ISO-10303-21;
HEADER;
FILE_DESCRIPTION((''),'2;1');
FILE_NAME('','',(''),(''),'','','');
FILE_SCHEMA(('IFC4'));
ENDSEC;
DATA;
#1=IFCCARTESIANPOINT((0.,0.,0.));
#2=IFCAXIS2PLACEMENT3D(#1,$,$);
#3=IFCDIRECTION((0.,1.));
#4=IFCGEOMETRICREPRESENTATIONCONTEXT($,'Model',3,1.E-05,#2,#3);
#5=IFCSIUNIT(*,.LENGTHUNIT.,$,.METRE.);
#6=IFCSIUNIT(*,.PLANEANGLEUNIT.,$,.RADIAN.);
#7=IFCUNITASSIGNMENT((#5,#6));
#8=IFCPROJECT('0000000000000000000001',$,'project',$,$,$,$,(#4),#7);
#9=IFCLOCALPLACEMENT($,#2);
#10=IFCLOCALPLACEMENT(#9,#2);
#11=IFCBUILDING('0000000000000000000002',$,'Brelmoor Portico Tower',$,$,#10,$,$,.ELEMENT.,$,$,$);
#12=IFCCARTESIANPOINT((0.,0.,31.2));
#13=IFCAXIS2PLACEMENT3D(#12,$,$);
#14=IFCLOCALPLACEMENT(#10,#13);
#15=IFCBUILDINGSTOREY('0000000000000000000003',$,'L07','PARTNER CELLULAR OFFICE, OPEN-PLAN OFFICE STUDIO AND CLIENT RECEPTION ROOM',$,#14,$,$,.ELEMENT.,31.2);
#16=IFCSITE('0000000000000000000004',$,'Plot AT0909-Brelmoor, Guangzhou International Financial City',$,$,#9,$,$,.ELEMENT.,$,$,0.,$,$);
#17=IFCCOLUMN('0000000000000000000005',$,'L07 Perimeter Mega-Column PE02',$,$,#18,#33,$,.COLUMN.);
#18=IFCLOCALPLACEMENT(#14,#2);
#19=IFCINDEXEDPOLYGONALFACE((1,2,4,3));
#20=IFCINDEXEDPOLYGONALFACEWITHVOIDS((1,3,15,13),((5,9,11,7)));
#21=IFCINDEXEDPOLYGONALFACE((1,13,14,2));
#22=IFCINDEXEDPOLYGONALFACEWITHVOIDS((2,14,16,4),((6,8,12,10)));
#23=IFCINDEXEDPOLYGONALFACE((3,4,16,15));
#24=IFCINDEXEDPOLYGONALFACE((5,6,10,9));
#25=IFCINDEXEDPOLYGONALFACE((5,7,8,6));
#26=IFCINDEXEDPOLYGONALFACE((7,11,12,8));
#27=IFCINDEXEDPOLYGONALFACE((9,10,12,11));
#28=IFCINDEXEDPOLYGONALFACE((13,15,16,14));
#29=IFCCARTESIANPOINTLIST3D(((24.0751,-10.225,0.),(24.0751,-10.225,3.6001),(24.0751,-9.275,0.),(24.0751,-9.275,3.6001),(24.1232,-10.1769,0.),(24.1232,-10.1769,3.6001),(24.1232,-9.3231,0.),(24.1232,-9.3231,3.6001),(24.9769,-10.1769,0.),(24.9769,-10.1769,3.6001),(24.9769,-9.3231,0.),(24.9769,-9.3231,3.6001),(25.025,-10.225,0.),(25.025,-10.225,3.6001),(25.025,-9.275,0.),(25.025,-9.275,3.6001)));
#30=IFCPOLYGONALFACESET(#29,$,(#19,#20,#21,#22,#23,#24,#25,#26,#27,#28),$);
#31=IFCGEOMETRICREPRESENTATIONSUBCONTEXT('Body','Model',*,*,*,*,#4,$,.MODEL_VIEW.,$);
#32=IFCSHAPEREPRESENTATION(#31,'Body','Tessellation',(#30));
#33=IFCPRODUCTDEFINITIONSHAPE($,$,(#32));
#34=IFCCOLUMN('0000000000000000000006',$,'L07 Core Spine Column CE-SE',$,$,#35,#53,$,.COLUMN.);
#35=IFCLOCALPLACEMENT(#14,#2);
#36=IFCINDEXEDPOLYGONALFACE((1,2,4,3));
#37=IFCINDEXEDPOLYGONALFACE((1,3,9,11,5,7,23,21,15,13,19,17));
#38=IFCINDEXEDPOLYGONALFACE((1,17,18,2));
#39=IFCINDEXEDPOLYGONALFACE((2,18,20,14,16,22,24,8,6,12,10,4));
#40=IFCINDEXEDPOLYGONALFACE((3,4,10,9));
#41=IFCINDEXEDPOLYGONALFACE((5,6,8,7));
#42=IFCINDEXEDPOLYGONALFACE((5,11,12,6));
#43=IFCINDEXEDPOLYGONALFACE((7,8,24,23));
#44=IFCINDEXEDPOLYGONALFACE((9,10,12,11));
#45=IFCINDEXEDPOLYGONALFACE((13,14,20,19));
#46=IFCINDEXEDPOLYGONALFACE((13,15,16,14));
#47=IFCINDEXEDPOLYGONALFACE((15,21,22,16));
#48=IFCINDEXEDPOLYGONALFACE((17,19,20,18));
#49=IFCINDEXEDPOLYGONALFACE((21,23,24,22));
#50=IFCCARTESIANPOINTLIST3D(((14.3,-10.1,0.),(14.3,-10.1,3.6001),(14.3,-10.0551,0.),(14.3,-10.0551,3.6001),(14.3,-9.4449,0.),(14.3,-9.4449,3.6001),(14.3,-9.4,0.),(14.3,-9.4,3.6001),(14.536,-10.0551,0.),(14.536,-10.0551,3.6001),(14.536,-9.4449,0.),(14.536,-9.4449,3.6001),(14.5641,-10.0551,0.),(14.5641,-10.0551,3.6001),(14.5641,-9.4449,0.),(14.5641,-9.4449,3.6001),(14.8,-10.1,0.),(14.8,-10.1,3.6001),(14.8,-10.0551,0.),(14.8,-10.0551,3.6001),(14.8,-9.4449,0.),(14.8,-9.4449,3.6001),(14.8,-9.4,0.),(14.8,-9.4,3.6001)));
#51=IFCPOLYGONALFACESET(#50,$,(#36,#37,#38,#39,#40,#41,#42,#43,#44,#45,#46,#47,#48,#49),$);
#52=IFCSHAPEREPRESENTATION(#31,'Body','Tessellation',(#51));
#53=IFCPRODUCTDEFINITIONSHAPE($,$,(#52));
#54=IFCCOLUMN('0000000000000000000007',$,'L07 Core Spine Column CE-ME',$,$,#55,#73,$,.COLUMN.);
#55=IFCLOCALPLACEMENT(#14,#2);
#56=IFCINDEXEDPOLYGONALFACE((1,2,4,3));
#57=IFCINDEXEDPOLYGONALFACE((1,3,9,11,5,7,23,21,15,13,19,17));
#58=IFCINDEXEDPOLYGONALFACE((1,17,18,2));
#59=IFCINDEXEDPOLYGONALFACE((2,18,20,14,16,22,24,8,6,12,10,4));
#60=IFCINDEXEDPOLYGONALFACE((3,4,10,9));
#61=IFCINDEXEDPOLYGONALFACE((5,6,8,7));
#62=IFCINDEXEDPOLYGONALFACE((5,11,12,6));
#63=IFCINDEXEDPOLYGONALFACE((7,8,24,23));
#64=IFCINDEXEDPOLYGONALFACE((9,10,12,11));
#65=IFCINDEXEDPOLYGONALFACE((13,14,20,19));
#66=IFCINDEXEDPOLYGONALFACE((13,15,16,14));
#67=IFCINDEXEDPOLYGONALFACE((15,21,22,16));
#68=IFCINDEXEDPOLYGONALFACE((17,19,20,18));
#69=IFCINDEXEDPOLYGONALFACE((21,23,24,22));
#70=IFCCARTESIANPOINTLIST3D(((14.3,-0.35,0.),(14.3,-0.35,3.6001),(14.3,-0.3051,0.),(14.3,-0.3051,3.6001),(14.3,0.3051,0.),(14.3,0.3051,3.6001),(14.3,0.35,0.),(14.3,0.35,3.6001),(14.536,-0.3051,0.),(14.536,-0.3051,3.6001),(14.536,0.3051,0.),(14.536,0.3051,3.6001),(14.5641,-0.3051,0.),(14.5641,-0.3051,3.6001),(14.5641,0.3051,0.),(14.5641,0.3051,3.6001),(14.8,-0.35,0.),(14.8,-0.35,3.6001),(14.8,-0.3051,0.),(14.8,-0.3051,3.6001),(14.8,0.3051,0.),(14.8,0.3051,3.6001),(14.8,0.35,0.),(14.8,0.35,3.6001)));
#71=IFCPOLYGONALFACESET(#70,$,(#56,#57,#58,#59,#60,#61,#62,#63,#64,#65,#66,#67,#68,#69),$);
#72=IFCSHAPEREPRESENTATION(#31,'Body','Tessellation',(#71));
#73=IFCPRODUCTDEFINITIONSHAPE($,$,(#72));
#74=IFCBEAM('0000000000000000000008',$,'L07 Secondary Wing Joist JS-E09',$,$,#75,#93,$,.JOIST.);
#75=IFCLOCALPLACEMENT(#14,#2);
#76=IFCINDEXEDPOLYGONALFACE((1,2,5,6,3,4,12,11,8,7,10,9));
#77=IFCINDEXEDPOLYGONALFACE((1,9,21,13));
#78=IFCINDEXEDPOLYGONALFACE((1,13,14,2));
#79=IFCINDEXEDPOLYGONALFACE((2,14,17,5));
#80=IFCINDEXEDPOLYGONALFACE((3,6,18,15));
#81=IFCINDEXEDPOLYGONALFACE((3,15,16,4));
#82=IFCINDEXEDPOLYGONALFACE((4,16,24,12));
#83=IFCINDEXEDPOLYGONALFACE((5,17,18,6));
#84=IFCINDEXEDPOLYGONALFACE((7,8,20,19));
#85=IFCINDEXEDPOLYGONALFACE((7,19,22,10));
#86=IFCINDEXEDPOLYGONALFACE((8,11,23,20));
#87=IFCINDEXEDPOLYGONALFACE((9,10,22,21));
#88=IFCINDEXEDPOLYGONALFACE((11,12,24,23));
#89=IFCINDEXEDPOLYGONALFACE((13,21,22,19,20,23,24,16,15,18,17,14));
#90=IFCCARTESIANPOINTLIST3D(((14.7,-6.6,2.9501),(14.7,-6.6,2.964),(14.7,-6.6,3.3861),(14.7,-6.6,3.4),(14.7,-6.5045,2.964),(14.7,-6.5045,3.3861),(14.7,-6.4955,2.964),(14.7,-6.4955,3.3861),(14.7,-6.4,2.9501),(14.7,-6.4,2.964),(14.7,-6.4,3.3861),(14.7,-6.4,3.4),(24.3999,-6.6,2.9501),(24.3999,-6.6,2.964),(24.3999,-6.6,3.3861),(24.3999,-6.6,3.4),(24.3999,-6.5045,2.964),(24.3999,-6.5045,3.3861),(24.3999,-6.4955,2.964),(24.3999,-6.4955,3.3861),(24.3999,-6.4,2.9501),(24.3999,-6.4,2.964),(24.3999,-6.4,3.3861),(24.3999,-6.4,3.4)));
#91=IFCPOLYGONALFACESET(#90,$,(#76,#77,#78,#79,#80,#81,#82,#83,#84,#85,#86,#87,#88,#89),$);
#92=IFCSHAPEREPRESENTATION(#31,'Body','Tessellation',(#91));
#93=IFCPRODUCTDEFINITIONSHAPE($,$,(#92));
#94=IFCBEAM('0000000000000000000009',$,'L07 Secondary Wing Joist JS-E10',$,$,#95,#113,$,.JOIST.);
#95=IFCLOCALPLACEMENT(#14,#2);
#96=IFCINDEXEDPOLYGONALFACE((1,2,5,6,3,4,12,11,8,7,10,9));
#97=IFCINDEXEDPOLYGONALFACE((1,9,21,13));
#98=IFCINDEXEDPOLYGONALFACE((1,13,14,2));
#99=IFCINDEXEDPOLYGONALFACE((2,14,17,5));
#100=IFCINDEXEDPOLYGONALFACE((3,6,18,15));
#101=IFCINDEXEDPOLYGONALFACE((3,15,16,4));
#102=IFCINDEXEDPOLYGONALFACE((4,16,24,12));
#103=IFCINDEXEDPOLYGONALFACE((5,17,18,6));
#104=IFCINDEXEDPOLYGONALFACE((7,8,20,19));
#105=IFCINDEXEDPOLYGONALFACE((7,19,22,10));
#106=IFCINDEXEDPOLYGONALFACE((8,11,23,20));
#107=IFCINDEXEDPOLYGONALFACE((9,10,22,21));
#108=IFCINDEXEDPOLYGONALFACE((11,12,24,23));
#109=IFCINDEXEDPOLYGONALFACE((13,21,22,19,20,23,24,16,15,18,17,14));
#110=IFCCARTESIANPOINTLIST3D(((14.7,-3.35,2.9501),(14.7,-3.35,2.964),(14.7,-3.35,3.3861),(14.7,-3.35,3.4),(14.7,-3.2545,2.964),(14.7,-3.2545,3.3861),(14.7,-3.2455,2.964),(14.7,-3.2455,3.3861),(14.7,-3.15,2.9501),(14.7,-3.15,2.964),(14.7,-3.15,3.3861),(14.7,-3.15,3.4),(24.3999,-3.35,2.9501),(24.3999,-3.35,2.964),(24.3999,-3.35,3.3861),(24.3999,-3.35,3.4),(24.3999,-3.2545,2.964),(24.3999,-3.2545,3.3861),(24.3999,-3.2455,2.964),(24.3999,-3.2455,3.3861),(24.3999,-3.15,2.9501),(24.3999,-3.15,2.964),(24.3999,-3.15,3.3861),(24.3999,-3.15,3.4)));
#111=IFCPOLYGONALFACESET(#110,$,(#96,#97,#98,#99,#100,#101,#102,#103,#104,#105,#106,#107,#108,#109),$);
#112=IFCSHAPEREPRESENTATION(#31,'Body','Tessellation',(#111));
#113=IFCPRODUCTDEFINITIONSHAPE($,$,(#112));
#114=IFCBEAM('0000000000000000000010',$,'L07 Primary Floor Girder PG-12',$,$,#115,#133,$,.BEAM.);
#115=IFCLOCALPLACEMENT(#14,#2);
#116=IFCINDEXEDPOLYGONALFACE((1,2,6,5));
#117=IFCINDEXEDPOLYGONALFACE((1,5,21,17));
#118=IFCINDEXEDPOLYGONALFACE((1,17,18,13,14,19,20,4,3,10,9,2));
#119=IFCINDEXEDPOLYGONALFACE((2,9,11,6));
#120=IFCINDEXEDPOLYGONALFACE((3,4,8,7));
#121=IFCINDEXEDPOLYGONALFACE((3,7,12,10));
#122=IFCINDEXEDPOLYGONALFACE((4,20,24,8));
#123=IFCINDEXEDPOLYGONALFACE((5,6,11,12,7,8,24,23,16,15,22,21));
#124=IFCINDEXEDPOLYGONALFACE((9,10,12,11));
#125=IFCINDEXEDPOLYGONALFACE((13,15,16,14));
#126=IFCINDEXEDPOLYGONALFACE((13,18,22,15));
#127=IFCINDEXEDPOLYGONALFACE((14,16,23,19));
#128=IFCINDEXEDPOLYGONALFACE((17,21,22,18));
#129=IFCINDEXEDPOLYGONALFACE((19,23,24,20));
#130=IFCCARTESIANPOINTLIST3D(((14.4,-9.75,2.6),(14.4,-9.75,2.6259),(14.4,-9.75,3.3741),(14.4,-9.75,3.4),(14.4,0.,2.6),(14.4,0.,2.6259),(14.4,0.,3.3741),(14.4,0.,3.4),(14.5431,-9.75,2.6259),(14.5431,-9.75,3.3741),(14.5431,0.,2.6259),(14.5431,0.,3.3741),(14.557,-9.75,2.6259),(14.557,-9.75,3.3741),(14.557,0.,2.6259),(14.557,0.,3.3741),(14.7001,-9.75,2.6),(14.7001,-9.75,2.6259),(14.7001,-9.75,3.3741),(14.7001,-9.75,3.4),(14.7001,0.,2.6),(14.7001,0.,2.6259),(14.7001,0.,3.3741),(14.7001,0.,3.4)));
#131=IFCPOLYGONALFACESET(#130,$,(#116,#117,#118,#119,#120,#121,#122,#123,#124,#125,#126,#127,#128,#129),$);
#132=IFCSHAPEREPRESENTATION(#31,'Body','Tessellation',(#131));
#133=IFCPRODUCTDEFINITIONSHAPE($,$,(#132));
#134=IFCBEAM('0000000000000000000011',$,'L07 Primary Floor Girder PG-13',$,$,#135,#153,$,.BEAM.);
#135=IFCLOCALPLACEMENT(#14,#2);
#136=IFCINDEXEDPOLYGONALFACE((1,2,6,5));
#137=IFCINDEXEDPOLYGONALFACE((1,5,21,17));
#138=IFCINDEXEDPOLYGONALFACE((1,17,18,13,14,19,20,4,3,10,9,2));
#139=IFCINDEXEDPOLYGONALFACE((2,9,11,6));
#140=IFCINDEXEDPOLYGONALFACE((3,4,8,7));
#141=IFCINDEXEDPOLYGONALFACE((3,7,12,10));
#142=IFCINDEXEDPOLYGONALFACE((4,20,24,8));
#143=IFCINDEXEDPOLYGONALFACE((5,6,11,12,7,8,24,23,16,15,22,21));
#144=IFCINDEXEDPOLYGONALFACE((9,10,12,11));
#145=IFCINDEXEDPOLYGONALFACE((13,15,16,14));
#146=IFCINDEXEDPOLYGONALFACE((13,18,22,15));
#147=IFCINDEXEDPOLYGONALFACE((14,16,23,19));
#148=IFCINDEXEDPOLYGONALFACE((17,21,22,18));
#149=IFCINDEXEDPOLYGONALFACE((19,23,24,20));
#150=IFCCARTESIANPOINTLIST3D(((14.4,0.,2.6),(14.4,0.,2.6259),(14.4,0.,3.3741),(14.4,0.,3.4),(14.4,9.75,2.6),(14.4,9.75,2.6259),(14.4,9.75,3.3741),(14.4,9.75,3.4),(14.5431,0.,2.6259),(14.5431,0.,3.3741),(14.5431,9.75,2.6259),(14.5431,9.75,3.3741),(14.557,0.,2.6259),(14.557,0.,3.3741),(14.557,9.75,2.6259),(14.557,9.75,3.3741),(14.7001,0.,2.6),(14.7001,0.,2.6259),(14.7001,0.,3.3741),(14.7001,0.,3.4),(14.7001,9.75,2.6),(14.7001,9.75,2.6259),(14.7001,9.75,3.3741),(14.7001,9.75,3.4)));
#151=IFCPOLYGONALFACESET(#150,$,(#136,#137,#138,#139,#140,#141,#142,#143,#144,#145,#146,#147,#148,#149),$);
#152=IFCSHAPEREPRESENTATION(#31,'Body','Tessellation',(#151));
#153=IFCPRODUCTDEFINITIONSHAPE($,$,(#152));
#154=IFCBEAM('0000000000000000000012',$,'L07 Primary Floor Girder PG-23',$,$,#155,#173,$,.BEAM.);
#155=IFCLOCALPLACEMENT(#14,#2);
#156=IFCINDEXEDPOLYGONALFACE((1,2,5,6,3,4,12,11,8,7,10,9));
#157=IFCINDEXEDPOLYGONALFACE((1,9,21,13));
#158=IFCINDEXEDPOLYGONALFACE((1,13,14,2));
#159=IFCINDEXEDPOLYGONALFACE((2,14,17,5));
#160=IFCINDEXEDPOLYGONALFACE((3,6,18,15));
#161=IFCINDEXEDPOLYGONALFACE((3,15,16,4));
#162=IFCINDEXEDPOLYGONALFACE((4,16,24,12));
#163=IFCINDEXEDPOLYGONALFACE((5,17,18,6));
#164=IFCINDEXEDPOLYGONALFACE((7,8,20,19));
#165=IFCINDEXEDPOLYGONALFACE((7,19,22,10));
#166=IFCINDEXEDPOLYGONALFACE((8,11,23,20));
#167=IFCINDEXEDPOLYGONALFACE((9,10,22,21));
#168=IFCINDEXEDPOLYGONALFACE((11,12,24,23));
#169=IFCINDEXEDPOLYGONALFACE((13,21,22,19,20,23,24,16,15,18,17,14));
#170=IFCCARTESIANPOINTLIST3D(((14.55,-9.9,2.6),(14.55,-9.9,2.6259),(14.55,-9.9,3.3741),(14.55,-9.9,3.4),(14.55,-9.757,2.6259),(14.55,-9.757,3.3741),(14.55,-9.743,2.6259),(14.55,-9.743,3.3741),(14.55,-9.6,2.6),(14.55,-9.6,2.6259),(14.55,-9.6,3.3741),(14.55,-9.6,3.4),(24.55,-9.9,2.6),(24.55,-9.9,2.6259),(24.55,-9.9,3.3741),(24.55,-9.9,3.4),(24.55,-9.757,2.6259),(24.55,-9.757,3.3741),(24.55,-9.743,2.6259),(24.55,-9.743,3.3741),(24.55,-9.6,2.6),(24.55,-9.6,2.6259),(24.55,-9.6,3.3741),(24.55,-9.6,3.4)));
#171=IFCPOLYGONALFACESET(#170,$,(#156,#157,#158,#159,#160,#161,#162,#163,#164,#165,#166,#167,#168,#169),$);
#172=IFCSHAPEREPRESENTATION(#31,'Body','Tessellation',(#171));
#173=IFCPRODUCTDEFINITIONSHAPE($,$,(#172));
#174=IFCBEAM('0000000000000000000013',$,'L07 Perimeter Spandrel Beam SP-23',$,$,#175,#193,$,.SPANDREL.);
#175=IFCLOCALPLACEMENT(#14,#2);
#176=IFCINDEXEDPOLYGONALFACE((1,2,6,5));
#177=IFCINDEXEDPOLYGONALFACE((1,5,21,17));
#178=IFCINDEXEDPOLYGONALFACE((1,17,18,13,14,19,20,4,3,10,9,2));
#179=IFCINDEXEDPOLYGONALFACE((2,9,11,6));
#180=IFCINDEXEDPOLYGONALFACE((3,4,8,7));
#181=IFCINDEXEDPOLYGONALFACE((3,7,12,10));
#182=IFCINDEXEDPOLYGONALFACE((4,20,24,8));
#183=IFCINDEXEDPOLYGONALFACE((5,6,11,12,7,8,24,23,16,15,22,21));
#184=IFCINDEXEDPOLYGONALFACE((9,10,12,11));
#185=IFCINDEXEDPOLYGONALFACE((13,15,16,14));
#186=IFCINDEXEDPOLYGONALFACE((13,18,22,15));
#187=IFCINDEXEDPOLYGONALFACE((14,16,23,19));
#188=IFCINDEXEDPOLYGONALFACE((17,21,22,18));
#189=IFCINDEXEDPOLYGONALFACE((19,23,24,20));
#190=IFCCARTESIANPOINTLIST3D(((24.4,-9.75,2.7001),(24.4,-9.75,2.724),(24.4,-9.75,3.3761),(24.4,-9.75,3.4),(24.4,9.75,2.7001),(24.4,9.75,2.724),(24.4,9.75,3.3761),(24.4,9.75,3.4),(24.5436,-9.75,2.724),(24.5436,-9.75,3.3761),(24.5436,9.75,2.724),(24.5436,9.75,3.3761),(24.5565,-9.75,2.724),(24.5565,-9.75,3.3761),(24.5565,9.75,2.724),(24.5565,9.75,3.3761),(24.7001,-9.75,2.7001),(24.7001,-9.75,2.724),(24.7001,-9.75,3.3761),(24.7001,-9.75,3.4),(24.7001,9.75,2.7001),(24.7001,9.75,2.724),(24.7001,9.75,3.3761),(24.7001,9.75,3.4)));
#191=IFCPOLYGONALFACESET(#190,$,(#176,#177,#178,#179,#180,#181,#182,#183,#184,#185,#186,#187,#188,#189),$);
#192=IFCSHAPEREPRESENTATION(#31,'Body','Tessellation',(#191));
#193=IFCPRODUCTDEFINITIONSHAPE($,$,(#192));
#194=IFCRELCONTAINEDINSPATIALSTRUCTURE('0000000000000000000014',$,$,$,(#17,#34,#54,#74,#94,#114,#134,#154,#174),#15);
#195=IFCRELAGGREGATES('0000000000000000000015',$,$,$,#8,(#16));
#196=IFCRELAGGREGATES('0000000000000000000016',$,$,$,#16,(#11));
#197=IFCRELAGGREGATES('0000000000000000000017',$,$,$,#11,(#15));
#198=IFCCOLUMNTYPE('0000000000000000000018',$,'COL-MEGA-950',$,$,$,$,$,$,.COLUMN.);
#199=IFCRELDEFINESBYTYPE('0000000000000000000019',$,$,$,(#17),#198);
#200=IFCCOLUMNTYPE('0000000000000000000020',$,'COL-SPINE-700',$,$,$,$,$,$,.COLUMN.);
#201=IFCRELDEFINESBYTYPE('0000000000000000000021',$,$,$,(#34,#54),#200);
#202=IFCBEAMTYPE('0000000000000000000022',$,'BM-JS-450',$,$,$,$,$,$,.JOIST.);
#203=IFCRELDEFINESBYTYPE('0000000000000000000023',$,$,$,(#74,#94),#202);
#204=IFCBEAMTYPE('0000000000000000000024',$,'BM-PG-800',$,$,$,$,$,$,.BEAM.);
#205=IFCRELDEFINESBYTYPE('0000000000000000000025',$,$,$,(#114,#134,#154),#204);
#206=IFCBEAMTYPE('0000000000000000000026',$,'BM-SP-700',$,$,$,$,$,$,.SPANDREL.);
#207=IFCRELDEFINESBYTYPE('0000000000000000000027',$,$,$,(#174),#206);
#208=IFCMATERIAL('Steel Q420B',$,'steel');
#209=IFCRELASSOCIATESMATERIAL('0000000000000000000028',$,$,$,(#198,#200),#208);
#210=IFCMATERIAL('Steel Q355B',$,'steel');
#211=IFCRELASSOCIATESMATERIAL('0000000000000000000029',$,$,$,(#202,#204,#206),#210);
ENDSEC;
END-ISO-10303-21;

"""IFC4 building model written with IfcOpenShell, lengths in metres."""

from ifc_helpers import new_model, si_unit, direction, frame, origin, origin_2d, place, context, subcontext, project, spatial, hollow_rectangle, i_section, extrude, material, material_profile, profile_set, type_object, element, save


model = new_model("IFC4")

# Units and contexts
model_context = context("Model", 3, precision=1e-05, world=origin(), true_north=direction((0.0, 1.0)))
body_context = subcontext(model_context, "Body", "Model", "MODEL_VIEW")
ifc_project = project(units=[si_unit("LENGTHUNIT", "METRE"), si_unit("PLANEANGLEUNIT", "RADIAN")], contexts=[model_context])

# Site, building, storey
site_placement = place(None, origin())
site = spatial("IfcSite", under=ifc_project, at=site_placement, Name="Plot AT0909-Brelmoor, Guangzhou International Financial City", CompositionType="ELEMENT", RefElevation=0.0)
building_placement = place(site_placement, origin())
building = spatial("IfcBuilding", under=site, at=building_placement, Name="Brelmoor Portico Tower", CompositionType="ELEMENT")
storey_placement = place(building_placement, frame((0.0, 0.0, 31.2)))
storey = spatial("IfcBuildingStorey", under=building, at=storey_placement, Name="L07", Description="PARTNER CELLULAR OFFICE, OPEN-PLAN OFFICE STUDIO AND CLIENT RECEPTION ROOM", CompositionType="ELEMENT", Elevation=31.2)

# Columns
ifc_material_1 = material(Name="Steel Q420B", Category="steel")
ifc_material_profile_1 = material_profile(ifc_material_1, hollow_rectangle(XDim=0.95, YDim=0.95, WallThickness=0.0481, at=origin_2d()), Name="BOX 950x950x48")
ifc_profile_set_1 = profile_set([ifc_material_profile_1], Name="Steel Q420B")
column_type_1 = type_object("IfcColumnType", Name="COL-MEGA-950", PredefinedType="COLUMN", material=ifc_profile_set_1)
column_placement = place(storey_placement, frame((24.55, -9.75, 0.0), z_axis=(0.0, 0.0, 1.0), x_axis=(0.0, 1.0, 0.0)))
element("IfcColumn", 1, at=column_placement, inside=storey, type_object=column_type_1, Name="L07 Perimeter Mega-Column PE02", PredefinedType="COLUMN", context=body_context, shape_type="SweptSolid", body=[
    extrude(hollow_rectangle(XDim=0.95, YDim=0.95, WallThickness=0.0481, at=origin_2d()), origin(), (0.0, 0.0, 1.0), 3.6001),
])
ifc_material_profile_2 = material_profile(ifc_material_1, i_section(OverallWidth=0.5, OverallDepth=0.7, WebThickness=0.0281, FlangeThickness=0.0449, at=origin_2d()), Name="HW 700x500x28x45")
ifc_profile_set_2 = profile_set([ifc_material_profile_2], Name="Steel Q420B")
column_type_2 = type_object("IfcColumnType", Name="COL-SPINE-700", PredefinedType="COLUMN", material=ifc_profile_set_2)
for number, where, z_axis, x_axis, name in (
    (2, (14.55, -9.75, 0.0), (0.0, 0.0, 1.0), (1.0, 0.0, 0.0), "L07 Core Spine Column CE-SE"),
    (3, (14.55, 0.0, 0.0), (0.0, 0.0, 1.0), (1.0, 0.0, 0.0), "L07 Core Spine Column CE-ME"),
):
    element("IfcColumn", number, at=place(storey_placement, frame(where, z_axis=z_axis, x_axis=x_axis)), inside=storey, type_object=column_type_2, Name=name, PredefinedType="COLUMN", context=body_context, shape_type="SweptSolid", body=[
        extrude(i_section(OverallWidth=0.5, OverallDepth=0.7, WebThickness=0.0281, FlangeThickness=0.0449, at=origin_2d()), origin(), (0.0, 0.0, 1.0), 3.6001),
    ])

# Beams
ifc_material_2 = material(Name="Steel Q355B", Category="steel")
ifc_material_profile_3 = material_profile(ifc_material_2, i_section(OverallWidth=0.2, OverallDepth=0.45, WebThickness=0.009, FlangeThickness=0.0139, at=origin_2d()), Name="HN 450x200x9x14")
ifc_profile_set_3 = profile_set([ifc_material_profile_3], Name="Steel Q355B")
beam_type_1 = type_object("IfcBeamType", Name="BM-JS-450", PredefinedType="JOIST", material=ifc_profile_set_3)
for number, where, z_axis, x_axis, name in (
    (4, (14.7, -6.5, 3.175), (1.0, 0.0, 0.0), (0.0, 1.0, 0.0), "L07 Secondary Wing Joist JS-E09"),
    (5, (14.7, -3.25, 3.175), (1.0, 0.0, 0.0), (0.0, 1.0, 0.0), "L07 Secondary Wing Joist JS-E10"),
):
    element("IfcBeam", number, at=place(storey_placement, frame(where, z_axis=z_axis, x_axis=x_axis)), inside=storey, type_object=beam_type_1, Name=name, PredefinedType="JOIST", context=body_context, shape_type="SweptSolid", body=[
        extrude(i_section(OverallWidth=0.2, OverallDepth=0.45, WebThickness=0.009, FlangeThickness=0.0139, at=origin_2d()), origin(), (0.0, 0.0, 1.0), 9.7),
    ])
ifc_material_profile_4 = material_profile(ifc_material_2, i_section(OverallWidth=0.3, OverallDepth=0.8, WebThickness=0.0139, FlangeThickness=0.0259, at=origin_2d()), Name="HN 800x300x14x26")
ifc_profile_set_4 = profile_set([ifc_material_profile_4], Name="Steel Q355B")
beam_type_2 = type_object("IfcBeamType", Name="BM-PG-800", PredefinedType="BEAM", material=ifc_profile_set_4)
for number, where, z_axis, x_axis, name in (
    (6, (14.55, -9.75, 3.0), (0.0, 1.0, 0.0), (-1.0, 0.0, 0.0), "L07 Primary Floor Girder PG-12"),
    (7, (14.55, 0.0, 3.0), (0.0, 1.0, 0.0), (-1.0, 0.0, 0.0), "L07 Primary Floor Girder PG-13"),
):
    element("IfcBeam", number, at=place(storey_placement, frame(where, z_axis=z_axis, x_axis=x_axis)), inside=storey, type_object=beam_type_2, Name=name, PredefinedType="BEAM", context=body_context, shape_type="SweptSolid", body=[
        extrude(i_section(OverallWidth=0.3, OverallDepth=0.8, WebThickness=0.0139, FlangeThickness=0.0259, at=origin_2d()), origin(), (0.0, 0.0, 1.0), 9.75),
    ])
beam_1_placement = place(storey_placement, frame((14.55, -9.75, 3.0), z_axis=(1.0, 0.0, 0.0), x_axis=(0.0, 1.0, 0.0)))
element("IfcBeam", 8, at=beam_1_placement, inside=storey, type_object=beam_type_2, Name="L07 Primary Floor Girder PG-23", PredefinedType="BEAM", context=body_context, shape_type="SweptSolid", body=[
    extrude(i_section(OverallWidth=0.3, OverallDepth=0.8, WebThickness=0.0139, FlangeThickness=0.0259, at=origin_2d()), origin(), (0.0, 0.0, 1.0), 10.0),
])
ifc_material_profile_5 = material_profile(ifc_material_2, i_section(OverallWidth=0.3, OverallDepth=0.7, WebThickness=0.0129, FlangeThickness=0.0239, at=origin_2d()), Name="HN 700x300x13x24")
ifc_profile_set_5 = profile_set([ifc_material_profile_5], Name="Steel Q355B")
beam_type_3 = type_object("IfcBeamType", Name="BM-SP-700", PredefinedType="SPANDREL", material=ifc_profile_set_5)
beam_2_placement = place(storey_placement, frame((24.55, -9.75, 3.05), z_axis=(0.0, 1.0, 0.0), x_axis=(-1.0, 0.0, 0.0)))
element("IfcBeam", 9, at=beam_2_placement, inside=storey, type_object=beam_type_3, Name="L07 Perimeter Spandrel Beam SP-23", PredefinedType="SPANDREL", context=body_context, shape_type="SweptSolid", body=[
    extrude(i_section(OverallWidth=0.3, OverallDepth=0.7, WebThickness=0.0129, FlangeThickness=0.0239, at=origin_2d()), origin(), (0.0, 0.0, 1.0), 19.5),
])

save(model, "model.ifc")
